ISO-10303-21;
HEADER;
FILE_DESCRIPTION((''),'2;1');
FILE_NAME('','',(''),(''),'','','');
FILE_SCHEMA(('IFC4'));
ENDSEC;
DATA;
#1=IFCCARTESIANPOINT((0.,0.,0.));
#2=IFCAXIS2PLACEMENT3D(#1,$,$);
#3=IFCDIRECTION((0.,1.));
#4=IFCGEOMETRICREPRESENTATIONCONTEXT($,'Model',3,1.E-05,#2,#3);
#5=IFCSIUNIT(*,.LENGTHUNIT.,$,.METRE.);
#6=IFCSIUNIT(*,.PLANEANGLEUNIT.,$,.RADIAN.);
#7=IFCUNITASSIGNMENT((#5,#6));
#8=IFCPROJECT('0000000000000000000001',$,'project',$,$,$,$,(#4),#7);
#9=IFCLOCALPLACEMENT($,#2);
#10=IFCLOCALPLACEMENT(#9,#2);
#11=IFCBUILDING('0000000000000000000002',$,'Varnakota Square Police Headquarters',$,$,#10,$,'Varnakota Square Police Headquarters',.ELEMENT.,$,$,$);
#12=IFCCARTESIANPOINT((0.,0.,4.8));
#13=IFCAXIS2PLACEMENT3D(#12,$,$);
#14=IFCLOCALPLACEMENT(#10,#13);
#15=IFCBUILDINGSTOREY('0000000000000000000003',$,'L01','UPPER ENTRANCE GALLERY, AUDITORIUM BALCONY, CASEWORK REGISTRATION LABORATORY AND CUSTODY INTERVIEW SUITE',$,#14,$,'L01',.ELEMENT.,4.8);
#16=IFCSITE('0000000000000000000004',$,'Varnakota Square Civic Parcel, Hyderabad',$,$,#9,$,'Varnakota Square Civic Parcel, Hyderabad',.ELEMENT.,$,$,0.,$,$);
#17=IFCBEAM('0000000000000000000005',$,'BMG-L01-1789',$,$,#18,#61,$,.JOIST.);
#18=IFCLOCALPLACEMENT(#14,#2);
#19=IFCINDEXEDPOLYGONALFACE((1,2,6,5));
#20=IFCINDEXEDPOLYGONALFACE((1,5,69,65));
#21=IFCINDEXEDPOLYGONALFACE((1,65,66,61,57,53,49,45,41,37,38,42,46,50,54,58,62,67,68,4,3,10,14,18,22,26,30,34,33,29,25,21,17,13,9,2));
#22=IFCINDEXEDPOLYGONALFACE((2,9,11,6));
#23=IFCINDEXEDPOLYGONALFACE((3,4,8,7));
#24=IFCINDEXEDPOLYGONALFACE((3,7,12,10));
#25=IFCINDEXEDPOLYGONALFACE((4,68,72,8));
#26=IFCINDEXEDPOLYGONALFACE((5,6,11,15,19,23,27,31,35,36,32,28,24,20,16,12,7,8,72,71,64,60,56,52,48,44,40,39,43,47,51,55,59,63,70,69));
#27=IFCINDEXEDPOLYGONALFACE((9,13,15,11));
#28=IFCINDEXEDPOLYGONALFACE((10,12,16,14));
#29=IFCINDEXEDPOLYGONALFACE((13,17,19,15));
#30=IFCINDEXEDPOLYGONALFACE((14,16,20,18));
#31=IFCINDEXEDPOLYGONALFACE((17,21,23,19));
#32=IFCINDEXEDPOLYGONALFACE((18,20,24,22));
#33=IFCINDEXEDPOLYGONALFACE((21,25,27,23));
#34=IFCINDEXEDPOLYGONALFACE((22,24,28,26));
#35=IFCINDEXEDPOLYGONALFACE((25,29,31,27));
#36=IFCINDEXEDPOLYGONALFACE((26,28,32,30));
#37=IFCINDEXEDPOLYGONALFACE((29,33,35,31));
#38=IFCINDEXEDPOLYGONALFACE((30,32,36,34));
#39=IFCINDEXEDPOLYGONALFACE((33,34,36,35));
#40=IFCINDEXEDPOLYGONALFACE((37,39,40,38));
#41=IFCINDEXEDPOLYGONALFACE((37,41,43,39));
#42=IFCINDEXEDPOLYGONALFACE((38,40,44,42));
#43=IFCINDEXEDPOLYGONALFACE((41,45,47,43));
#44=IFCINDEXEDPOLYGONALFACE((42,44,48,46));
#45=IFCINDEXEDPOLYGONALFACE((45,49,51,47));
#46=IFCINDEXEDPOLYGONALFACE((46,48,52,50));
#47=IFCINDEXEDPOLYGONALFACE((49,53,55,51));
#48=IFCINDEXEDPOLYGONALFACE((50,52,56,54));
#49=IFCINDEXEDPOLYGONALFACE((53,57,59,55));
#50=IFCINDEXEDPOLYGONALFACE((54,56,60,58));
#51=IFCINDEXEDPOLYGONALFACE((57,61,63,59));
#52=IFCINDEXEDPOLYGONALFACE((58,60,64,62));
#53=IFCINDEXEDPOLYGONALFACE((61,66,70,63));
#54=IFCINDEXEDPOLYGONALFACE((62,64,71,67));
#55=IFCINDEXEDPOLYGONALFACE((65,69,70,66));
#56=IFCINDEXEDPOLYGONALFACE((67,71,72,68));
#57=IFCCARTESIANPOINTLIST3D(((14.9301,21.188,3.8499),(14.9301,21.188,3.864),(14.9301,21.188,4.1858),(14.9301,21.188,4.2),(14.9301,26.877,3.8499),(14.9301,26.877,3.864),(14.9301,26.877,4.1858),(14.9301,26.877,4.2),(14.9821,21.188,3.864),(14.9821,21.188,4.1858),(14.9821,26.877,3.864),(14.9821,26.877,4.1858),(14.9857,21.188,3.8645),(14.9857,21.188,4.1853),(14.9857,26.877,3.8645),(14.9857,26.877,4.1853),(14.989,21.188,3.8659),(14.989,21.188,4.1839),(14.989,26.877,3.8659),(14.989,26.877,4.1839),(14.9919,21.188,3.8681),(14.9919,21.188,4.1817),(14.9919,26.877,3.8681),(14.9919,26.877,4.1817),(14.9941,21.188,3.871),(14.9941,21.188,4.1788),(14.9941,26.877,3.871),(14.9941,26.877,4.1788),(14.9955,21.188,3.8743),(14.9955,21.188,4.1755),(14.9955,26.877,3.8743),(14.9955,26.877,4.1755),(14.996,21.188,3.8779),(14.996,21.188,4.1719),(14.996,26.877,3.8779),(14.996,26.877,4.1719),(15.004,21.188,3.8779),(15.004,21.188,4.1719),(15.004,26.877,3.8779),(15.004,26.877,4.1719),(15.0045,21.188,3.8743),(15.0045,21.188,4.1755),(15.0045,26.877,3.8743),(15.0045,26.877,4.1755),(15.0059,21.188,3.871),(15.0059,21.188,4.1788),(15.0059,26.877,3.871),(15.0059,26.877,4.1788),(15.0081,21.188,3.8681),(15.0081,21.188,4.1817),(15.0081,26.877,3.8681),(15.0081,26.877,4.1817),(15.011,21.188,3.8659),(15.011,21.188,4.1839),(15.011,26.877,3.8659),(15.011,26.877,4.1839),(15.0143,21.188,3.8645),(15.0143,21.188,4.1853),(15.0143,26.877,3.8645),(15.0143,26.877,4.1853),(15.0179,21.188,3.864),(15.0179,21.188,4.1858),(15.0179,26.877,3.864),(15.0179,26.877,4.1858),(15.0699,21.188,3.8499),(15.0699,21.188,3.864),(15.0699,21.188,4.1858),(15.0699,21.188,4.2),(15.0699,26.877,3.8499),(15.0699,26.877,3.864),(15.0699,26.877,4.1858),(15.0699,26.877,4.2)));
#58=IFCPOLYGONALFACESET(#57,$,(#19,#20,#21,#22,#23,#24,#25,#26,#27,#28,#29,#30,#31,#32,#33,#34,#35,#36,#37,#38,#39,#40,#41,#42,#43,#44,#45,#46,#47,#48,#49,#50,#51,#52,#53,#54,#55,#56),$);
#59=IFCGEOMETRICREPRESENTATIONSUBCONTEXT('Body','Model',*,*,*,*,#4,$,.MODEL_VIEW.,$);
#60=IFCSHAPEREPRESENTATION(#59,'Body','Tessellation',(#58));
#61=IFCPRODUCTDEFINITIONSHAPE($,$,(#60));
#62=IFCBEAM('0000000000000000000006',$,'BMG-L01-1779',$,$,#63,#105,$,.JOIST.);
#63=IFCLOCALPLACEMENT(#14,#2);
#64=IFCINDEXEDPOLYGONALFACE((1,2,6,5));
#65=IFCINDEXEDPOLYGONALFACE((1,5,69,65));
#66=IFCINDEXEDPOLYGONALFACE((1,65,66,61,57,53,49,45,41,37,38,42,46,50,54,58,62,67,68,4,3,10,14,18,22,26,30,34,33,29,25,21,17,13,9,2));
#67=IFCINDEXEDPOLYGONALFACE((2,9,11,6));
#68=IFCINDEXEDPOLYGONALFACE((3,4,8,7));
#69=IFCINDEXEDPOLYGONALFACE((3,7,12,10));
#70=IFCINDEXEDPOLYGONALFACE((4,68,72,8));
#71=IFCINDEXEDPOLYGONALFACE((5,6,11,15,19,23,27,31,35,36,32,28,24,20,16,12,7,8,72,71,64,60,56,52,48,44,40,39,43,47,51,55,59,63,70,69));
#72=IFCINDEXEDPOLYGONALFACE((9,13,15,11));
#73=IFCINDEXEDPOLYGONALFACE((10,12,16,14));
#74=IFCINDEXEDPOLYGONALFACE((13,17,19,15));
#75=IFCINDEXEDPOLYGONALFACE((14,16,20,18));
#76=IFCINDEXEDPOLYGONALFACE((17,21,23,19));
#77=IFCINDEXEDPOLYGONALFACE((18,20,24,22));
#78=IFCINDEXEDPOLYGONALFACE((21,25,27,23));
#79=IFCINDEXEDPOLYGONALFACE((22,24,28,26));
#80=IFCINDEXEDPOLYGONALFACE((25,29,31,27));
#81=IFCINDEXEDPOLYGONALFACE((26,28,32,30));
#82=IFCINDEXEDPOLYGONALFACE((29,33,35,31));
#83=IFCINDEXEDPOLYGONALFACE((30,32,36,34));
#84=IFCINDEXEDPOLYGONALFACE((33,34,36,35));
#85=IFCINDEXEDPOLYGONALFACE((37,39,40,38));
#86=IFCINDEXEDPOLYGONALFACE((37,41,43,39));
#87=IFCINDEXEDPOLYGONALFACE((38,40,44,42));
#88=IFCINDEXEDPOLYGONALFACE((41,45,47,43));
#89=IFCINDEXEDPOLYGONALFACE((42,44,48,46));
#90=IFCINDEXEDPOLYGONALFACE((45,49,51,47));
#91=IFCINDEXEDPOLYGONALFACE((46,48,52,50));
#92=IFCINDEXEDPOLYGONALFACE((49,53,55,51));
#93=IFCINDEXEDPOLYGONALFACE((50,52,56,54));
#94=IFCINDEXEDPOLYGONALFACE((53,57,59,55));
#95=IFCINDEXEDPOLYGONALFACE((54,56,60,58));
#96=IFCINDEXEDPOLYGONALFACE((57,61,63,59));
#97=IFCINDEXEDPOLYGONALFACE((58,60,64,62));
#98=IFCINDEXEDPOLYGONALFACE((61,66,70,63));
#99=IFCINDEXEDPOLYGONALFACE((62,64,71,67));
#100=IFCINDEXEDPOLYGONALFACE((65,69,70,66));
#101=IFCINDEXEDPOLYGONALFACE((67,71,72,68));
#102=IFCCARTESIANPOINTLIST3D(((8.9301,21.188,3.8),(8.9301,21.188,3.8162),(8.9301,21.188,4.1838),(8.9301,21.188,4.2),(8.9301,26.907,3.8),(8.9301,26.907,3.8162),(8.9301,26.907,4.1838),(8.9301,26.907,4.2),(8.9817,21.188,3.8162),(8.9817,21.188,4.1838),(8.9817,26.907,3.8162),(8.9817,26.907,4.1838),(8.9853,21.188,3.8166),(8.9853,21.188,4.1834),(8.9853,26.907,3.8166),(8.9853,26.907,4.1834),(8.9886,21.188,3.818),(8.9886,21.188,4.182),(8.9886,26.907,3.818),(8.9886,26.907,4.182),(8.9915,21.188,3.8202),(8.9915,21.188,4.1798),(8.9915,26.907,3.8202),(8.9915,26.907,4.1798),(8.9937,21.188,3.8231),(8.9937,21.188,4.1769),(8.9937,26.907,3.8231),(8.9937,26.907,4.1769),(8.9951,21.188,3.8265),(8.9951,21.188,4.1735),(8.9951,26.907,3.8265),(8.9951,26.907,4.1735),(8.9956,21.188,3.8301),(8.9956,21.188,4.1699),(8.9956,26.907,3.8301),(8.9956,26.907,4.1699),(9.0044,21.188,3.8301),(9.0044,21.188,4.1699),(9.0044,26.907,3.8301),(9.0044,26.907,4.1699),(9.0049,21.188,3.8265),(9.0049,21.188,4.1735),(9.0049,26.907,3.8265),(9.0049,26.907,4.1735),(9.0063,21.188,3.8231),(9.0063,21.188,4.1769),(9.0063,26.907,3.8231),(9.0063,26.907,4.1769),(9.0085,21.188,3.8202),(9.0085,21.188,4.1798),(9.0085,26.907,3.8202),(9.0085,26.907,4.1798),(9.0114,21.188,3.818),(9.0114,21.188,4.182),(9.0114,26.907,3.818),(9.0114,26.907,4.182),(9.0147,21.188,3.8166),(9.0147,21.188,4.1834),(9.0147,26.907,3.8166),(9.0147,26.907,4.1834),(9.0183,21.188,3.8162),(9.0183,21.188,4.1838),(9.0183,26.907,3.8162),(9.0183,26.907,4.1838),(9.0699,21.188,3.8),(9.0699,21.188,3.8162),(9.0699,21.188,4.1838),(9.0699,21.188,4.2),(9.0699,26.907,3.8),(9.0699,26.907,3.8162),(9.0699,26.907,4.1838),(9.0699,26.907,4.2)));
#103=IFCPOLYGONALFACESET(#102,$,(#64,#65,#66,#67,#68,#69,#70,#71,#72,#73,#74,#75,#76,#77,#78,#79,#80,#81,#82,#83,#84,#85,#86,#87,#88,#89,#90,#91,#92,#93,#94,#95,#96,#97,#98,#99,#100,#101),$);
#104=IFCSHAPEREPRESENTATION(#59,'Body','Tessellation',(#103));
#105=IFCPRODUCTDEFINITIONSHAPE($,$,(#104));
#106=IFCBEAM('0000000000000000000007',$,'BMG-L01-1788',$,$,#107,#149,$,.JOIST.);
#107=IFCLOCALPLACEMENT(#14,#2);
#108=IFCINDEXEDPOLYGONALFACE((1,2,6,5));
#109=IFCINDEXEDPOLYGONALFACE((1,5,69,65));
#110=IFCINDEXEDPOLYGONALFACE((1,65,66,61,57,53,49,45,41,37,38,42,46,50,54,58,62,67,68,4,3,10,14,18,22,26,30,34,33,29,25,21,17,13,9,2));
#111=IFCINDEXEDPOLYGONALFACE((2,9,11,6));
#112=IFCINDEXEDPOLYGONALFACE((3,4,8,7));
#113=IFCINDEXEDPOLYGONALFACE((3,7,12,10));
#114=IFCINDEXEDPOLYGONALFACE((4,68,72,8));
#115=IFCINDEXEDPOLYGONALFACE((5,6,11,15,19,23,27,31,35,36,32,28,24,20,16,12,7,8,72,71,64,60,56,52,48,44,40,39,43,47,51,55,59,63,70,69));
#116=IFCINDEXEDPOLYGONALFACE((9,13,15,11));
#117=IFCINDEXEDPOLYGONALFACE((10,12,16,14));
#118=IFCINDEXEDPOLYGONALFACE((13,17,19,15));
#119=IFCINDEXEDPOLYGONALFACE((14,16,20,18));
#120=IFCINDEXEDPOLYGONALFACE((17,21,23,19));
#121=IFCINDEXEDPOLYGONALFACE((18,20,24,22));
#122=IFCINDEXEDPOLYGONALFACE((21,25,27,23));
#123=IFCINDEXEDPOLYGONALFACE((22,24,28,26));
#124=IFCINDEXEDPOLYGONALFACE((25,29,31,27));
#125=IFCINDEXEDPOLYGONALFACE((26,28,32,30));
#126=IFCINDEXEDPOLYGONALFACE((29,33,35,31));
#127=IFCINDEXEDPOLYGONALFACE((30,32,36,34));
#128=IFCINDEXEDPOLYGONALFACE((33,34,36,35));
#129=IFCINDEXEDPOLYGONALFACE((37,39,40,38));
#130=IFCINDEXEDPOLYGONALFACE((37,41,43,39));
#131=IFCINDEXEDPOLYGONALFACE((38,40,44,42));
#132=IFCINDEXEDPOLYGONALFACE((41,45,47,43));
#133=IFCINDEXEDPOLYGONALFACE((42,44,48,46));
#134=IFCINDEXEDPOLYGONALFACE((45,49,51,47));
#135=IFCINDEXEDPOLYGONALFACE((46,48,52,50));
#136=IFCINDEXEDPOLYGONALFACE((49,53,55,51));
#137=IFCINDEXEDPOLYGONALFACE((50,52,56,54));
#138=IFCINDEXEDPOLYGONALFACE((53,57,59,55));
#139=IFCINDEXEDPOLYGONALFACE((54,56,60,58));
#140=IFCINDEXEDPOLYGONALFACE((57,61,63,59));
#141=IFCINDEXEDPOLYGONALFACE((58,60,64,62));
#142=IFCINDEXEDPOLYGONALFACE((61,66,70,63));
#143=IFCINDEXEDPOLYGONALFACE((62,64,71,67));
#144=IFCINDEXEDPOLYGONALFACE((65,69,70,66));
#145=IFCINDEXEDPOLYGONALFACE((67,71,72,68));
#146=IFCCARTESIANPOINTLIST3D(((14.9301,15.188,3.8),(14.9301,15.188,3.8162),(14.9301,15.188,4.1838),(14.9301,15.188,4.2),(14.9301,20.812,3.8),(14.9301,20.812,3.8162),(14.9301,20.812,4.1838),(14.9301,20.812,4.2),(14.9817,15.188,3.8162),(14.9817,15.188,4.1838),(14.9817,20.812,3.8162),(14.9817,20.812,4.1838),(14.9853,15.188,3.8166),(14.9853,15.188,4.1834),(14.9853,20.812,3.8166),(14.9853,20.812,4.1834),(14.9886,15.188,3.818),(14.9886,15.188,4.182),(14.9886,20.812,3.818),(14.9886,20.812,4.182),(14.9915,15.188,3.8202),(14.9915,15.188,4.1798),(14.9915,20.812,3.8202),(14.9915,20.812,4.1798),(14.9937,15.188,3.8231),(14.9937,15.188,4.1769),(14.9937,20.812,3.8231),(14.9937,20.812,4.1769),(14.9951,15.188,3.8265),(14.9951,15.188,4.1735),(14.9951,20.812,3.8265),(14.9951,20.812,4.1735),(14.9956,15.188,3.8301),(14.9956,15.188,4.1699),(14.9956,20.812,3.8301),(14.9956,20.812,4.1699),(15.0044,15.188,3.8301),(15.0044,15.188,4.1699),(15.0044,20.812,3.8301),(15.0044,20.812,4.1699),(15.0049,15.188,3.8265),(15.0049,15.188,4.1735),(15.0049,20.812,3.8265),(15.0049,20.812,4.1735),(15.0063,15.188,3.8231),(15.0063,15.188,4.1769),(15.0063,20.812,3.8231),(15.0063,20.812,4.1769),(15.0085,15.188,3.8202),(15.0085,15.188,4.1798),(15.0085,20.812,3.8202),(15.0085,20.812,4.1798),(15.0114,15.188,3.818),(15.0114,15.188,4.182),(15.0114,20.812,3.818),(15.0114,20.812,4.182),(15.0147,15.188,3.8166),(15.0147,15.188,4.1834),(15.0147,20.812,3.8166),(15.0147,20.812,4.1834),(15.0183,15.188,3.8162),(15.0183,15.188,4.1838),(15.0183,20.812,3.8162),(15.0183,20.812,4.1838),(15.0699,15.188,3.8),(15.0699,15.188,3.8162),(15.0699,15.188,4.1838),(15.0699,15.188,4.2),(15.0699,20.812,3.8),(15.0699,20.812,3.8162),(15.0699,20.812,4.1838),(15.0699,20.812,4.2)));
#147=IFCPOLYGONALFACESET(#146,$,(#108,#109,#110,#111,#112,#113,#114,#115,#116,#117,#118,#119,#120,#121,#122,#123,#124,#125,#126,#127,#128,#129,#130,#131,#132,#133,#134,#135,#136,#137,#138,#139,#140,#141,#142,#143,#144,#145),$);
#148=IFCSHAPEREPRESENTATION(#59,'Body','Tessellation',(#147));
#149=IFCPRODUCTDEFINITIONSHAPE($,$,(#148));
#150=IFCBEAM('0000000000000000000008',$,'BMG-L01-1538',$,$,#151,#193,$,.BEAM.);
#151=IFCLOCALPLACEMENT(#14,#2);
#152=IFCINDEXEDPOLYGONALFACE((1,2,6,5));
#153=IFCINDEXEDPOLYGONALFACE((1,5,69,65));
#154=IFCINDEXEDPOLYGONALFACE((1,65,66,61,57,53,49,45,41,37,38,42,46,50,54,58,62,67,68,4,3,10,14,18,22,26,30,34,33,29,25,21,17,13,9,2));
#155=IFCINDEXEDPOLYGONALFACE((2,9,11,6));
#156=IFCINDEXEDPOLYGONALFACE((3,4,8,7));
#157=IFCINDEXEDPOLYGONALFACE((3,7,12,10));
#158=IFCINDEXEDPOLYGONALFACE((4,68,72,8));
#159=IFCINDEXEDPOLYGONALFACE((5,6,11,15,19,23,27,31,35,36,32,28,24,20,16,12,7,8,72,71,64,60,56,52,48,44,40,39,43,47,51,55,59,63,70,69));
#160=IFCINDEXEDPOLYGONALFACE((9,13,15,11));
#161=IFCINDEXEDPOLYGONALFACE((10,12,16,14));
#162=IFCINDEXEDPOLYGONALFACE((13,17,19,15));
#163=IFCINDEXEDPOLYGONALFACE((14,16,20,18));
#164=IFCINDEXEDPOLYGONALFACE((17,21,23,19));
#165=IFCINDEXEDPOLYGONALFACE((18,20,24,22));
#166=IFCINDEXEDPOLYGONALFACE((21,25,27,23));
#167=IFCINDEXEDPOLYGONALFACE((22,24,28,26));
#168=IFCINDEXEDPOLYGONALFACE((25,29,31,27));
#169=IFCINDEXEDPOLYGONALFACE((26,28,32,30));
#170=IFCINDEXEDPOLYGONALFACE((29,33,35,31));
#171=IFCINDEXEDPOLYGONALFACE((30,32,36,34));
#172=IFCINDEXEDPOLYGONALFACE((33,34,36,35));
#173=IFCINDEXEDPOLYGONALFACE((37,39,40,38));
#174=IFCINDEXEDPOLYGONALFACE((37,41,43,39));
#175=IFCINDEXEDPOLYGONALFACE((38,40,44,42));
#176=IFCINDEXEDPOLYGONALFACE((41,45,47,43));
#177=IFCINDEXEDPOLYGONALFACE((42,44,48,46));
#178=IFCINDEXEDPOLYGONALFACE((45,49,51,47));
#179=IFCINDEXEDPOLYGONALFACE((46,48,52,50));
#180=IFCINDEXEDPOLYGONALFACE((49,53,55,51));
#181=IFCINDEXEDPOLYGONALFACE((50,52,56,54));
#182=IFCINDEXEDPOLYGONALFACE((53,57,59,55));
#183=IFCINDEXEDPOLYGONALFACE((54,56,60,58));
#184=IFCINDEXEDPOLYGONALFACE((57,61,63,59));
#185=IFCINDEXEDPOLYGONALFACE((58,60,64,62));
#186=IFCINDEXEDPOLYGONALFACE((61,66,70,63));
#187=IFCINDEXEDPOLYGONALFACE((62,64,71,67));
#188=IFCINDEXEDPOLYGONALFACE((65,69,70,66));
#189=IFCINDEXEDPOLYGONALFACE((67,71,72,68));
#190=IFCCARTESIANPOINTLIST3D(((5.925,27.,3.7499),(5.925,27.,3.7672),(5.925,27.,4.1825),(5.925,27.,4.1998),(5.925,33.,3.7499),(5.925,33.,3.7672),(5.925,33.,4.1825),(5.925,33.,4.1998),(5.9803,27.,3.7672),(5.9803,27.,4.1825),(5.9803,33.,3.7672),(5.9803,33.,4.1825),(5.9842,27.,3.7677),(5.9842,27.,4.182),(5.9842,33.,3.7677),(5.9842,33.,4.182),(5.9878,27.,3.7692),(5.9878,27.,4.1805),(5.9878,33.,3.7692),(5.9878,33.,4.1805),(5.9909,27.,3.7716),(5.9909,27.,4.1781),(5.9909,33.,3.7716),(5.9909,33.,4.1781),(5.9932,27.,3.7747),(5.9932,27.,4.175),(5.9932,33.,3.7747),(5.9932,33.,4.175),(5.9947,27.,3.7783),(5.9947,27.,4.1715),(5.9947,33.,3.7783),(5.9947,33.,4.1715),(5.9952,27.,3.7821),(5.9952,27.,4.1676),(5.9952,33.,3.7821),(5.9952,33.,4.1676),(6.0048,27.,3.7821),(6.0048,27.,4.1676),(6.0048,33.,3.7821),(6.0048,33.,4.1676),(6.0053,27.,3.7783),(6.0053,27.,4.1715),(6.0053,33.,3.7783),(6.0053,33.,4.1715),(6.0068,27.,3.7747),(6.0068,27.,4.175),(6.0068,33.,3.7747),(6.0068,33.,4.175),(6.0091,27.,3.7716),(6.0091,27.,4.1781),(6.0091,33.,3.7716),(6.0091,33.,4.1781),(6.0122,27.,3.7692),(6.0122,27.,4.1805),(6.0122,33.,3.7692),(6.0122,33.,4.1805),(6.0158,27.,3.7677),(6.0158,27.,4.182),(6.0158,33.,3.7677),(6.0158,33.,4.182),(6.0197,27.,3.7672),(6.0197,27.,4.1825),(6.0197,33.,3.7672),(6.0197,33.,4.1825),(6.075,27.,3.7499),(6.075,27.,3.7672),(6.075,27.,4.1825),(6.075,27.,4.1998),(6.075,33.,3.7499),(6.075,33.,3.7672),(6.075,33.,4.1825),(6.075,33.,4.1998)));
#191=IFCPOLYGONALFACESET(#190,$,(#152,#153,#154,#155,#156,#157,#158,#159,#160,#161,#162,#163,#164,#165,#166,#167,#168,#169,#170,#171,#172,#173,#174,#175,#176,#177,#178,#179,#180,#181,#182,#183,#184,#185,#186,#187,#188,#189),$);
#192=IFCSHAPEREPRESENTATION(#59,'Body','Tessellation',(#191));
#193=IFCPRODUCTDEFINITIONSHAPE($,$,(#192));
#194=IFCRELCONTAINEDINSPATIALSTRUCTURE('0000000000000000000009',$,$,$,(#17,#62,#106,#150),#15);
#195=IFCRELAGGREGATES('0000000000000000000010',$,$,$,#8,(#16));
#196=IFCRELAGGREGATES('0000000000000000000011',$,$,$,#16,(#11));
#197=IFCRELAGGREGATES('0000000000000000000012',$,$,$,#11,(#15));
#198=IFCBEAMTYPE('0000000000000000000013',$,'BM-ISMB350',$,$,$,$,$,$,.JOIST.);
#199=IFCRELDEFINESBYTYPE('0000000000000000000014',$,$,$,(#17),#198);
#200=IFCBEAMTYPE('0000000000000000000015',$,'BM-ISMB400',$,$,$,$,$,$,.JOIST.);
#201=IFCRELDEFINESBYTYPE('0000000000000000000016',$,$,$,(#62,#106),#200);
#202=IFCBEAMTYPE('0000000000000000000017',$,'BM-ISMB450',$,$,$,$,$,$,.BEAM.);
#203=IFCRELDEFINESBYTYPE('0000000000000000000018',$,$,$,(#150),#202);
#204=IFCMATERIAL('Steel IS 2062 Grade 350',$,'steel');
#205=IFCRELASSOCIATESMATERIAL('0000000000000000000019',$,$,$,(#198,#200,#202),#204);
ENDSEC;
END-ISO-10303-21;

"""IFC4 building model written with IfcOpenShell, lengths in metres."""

from ifc_helpers import new_model, si_unit, direction, frame, origin, origin_2d, place, context, subcontext, project, spatial, i_section, extrude, material, material_profile, profile_set, type_object, element, save


model = new_model("IFC4")

# Units and contexts
model_context = context("Model", 3, precision=1e-05, world=origin(), true_north=direction((0.0, 1.0)))
body_context = subcontext(model_context, "Body", "Model", "MODEL_VIEW")
ifc_project = project(units=[si_unit("LENGTHUNIT", "METRE"), si_unit("PLANEANGLEUNIT", "RADIAN")], contexts=[model_context])

# Site, building, storey
site_placement = place(None, origin())
site = spatial("IfcSite", under=ifc_project, at=site_placement, Name="Varnakota Square Civic Parcel, Hyderabad", LongName="Varnakota Square Civic Parcel, Hyderabad", CompositionType="ELEMENT", RefElevation=0.0)
building_placement = place(site_placement, origin())
building = spatial("IfcBuilding", under=site, at=building_placement, Name="Varnakota Square Police Headquarters", LongName="Varnakota Square Police Headquarters", CompositionType="ELEMENT")
storey_placement = place(building_placement, frame((0.0, 0.0, 4.8)))
storey = spatial("IfcBuildingStorey", under=building, at=storey_placement, Name="L01", Description="UPPER ENTRANCE GALLERY, AUDITORIUM BALCONY, CASEWORK REGISTRATION LABORATORY AND CUSTODY INTERVIEW SUITE", LongName="L01", CompositionType="ELEMENT", Elevation=4.8)

# Shared definitions
ifc_material_1 = material(Name="Steel IS 2062 Grade 350", Category="steel")

# Beams
ifc_material_profile_1 = material_profile(ifc_material_1, i_section(OverallWidth=0.1399, OverallDepth=0.3501, WebThickness=0.0081, FlangeThickness=0.0142, FilletRadius=0.0139, at=origin_2d()), Name="ISMB 350")
ifc_profile_set_1 = profile_set([ifc_material_profile_1], Name="Steel IS 2062 Grade 350")
beam_type_1 = type_object("IfcBeamType", Name="BM-ISMB350", PredefinedType="JOIST", material=ifc_profile_set_1)
beam_1_placement = place(storey_placement, frame((15.0, 21.188, 4.0249), z_axis=(0.0, 1.0, 0.0), x_axis=(-1.0, 0.0, 0.0)))
element("IfcBeam", 1, at=beam_1_placement, inside=storey, type_object=beam_type_1, Name="BMG-L01-1789", PredefinedType="JOIST", context=body_context, shape_type="SweptSolid", body=[
    extrude(i_section(OverallWidth=0.1399, OverallDepth=0.3501, WebThickness=0.0081, FlangeThickness=0.0142, FilletRadius=0.0139, at=origin_2d()), origin(), (0.0, 0.0, 1.0), 5.689),
])
ifc_material_profile_2 = material_profile(ifc_material_1, i_section(OverallWidth=0.1399, OverallDepth=0.3999, WebThickness=0.0088, FlangeThickness=0.0161, FilletRadius=0.0139, at=origin_2d()), Name="ISMB 400")
ifc_profile_set_2 = profile_set([ifc_material_profile_2], Name="Steel IS 2062 Grade 350")
beam_type_2 = type_object("IfcBeamType", Name="BM-ISMB400", PredefinedType="JOIST", material=ifc_profile_set_2)
beam_2_placement = place(storey_placement, frame((9.0, 21.188, 4.0), z_axis=(0.0, 1.0, 0.0), x_axis=(-1.0, 0.0, 0.0)))
element("IfcBeam", 2, at=beam_2_placement, inside=storey, type_object=beam_type_2, Name="BMG-L01-1779", PredefinedType="JOIST", context=body_context, shape_type="SweptSolid", body=[
    extrude(i_section(OverallWidth=0.1399, OverallDepth=0.3999, WebThickness=0.0088, FlangeThickness=0.0161, FilletRadius=0.0139, at=origin_2d()), origin(), (0.0, 0.0, 1.0), 5.719),
])
beam_3_placement = place(storey_placement, frame((15.0, 15.188, 4.0), z_axis=(0.0, 1.0, 0.0), x_axis=(-1.0, 0.0, 0.0)))
element("IfcBeam", 3, at=beam_3_placement, inside=storey, type_object=beam_type_2, Name="BMG-L01-1788", PredefinedType="JOIST", context=body_context, shape_type="SweptSolid", body=[
    extrude(i_section(OverallWidth=0.1399, OverallDepth=0.3999, WebThickness=0.0088, FlangeThickness=0.0161, FilletRadius=0.0139, at=origin_2d()), origin(), (0.0, 0.0, 1.0), 5.624),
])
ifc_material_profile_3 = material_profile(ifc_material_1, i_section(OverallWidth=0.1499, OverallDepth=0.45, WebThickness=0.0095, FlangeThickness=0.0173, FilletRadius=0.0149, at=origin_2d()), Name="ISMB 450")
ifc_profile_set_3 = profile_set([ifc_material_profile_3], Name="Steel IS 2062 Grade 350")
beam_type_3 = type_object("IfcBeamType", Name="BM-ISMB450", PredefinedType="BEAM", material=ifc_profile_set_3)
beam_4_placement = place(storey_placement, frame((6.0, 27.0, 3.9749), z_axis=(0.0, 1.0, 0.0), x_axis=(-1.0, 0.0, 0.0)))
element("IfcBeam", 4, at=beam_4_placement, inside=storey, type_object=beam_type_3, Name="BMG-L01-1538", PredefinedType="BEAM", context=body_context, shape_type="SweptSolid", body=[
    extrude(i_section(OverallWidth=0.1499, OverallDepth=0.45, WebThickness=0.0095, FlangeThickness=0.0173, FilletRadius=0.0149, at=origin_2d()), origin(), (0.0, 0.0, 1.0), 6.0),
])

save(model, "model.ifc")
